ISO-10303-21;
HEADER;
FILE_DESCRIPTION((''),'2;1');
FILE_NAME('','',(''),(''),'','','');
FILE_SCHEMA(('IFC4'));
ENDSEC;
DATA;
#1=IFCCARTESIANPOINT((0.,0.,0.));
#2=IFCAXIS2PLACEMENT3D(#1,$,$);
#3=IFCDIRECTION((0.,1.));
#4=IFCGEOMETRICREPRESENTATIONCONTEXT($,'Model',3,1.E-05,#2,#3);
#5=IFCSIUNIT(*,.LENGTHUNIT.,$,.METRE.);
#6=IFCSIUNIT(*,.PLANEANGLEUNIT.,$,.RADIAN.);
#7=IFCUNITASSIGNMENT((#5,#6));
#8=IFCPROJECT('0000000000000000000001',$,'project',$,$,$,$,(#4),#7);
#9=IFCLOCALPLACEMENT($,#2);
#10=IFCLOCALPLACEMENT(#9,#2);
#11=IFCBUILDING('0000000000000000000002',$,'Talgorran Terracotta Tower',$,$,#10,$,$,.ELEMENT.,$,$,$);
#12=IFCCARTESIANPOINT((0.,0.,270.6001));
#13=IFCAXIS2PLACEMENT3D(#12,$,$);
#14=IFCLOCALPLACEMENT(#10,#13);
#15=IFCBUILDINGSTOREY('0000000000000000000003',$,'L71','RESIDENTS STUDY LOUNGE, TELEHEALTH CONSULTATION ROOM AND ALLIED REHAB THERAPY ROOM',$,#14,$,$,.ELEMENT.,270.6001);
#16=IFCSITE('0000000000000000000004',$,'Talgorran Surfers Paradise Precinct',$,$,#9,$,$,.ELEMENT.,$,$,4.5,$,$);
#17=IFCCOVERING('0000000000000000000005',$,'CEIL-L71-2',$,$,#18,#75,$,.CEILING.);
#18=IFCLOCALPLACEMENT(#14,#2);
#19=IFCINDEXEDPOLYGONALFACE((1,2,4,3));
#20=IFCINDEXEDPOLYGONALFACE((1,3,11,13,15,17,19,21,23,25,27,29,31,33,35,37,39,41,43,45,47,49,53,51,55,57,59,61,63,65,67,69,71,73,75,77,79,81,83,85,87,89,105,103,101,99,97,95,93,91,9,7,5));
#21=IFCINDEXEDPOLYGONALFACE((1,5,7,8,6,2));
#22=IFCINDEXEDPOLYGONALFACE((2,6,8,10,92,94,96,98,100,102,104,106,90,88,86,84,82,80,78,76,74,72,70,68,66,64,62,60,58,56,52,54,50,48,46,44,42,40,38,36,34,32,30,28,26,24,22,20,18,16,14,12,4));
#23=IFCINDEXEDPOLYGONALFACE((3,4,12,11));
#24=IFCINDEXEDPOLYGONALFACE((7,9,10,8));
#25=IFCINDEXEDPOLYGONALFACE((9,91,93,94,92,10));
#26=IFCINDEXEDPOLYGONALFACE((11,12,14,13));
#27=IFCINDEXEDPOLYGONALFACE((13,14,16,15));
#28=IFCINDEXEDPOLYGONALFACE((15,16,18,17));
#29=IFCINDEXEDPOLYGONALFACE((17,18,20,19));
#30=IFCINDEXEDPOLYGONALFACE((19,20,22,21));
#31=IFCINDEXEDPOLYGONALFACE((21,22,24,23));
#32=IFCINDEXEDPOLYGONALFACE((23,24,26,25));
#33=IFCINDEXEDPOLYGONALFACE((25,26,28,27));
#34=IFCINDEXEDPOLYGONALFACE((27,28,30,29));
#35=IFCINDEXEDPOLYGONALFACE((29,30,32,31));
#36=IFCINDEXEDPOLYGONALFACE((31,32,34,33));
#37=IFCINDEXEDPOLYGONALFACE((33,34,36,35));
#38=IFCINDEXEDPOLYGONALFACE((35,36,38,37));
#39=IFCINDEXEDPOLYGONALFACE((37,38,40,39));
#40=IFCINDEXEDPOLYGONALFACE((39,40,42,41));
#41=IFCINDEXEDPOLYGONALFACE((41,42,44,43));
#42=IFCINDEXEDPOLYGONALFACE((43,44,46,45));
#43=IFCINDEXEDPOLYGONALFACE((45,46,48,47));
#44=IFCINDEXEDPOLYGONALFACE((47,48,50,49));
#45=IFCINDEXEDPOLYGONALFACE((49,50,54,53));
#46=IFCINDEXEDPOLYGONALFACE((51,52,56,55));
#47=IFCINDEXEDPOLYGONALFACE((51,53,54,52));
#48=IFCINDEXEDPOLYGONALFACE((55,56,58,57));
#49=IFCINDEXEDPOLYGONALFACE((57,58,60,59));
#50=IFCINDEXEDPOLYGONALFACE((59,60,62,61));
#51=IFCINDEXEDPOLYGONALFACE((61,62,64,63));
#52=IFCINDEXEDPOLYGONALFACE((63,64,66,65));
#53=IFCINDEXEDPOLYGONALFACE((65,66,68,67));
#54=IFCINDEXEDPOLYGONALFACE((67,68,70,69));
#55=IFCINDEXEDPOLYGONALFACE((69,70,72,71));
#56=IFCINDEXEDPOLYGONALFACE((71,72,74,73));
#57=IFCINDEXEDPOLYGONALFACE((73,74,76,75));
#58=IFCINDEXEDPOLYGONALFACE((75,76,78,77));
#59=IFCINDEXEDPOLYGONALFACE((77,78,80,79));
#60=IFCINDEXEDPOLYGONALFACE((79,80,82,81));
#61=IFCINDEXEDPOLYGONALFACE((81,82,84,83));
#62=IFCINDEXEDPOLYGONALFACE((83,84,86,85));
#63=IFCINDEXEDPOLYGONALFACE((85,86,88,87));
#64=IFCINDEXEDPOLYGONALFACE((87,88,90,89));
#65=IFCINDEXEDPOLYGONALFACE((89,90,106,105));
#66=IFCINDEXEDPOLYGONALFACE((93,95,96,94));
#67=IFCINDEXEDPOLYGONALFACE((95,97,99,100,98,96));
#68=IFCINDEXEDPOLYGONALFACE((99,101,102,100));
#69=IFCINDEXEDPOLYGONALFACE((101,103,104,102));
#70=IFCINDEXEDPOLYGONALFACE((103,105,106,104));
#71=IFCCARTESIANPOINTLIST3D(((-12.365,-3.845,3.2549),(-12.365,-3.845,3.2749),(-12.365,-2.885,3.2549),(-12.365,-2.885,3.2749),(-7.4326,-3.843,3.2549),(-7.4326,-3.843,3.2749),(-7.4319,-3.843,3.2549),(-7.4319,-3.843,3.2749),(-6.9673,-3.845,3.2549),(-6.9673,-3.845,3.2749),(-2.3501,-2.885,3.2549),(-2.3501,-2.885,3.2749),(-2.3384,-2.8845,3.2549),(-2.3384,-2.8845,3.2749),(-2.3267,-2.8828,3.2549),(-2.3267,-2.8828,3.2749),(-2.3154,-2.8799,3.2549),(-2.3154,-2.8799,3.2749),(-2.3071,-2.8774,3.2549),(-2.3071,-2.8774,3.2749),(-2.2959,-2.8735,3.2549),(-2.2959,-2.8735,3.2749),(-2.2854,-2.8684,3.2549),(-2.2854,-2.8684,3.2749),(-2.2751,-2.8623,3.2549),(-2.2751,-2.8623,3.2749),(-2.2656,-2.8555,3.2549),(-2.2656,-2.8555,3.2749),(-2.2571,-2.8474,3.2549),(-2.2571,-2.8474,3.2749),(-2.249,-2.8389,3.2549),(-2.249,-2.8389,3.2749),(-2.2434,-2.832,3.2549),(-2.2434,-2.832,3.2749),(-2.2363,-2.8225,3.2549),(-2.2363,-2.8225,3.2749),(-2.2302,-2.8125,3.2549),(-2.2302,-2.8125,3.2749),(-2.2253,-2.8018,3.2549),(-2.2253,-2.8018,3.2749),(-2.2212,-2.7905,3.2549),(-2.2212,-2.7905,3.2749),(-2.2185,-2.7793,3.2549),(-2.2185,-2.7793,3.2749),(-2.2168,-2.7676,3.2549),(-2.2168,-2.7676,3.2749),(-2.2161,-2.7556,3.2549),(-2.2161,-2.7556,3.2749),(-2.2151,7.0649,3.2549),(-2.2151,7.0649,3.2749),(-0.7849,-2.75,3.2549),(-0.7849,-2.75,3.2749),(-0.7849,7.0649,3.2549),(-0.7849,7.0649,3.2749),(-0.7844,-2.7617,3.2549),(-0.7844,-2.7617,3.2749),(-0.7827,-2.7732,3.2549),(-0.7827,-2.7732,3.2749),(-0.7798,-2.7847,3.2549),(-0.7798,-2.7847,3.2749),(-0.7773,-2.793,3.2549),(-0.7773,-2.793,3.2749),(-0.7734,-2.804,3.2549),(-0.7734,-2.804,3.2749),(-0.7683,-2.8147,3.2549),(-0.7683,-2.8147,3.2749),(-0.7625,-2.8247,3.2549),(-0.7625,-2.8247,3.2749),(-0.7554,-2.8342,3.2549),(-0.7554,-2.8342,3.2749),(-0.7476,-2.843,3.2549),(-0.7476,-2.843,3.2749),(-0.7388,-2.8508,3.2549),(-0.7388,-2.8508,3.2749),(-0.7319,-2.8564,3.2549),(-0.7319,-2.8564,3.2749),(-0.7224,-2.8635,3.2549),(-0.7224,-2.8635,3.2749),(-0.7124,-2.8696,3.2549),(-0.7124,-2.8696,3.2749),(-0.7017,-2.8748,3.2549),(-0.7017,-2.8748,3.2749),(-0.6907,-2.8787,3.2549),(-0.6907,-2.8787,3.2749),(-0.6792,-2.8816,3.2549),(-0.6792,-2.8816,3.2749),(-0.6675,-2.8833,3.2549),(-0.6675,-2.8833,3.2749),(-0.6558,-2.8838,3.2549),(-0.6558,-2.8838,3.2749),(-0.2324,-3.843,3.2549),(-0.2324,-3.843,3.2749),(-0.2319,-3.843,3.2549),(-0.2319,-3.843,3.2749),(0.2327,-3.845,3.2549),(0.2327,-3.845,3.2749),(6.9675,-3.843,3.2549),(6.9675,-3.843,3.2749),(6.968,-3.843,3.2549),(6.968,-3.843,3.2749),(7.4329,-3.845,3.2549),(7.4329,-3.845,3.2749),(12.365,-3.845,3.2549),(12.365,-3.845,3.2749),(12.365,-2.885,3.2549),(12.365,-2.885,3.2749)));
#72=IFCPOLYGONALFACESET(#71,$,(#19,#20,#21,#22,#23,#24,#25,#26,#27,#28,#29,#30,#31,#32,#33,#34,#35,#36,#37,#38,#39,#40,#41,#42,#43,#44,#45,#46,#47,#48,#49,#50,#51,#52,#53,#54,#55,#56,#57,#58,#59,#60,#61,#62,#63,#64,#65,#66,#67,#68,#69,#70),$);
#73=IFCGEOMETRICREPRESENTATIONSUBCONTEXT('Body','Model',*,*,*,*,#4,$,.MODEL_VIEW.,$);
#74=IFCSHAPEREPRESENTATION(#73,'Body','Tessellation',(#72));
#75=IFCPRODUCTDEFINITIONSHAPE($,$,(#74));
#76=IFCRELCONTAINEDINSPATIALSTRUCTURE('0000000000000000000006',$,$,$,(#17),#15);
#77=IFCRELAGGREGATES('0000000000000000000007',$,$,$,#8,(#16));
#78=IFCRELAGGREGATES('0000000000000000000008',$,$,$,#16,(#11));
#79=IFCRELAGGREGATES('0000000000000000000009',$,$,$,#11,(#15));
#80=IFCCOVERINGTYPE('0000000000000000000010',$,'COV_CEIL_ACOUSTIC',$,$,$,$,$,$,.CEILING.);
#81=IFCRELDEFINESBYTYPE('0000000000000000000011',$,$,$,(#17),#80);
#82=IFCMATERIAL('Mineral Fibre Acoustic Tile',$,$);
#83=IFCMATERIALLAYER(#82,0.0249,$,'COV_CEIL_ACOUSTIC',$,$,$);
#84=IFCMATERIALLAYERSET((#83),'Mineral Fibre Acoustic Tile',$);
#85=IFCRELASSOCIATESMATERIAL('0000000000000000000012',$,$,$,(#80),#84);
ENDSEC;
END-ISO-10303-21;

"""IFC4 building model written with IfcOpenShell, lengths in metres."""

from ifc_helpers import new_model, si_unit, direction, frame, origin, place, context, subcontext, project, spatial, polyline, outline, extrude, material, layer, layer_set, type_object, element, save


model = new_model("IFC4")

# Units and contexts
model_context = context("Model", 3, precision=1e-05, world=origin(), true_north=direction((0.0, 1.0)))
body_context = subcontext(model_context, "Body", "Model", "MODEL_VIEW")
ifc_project = project(units=[si_unit("LENGTHUNIT", "METRE"), si_unit("PLANEANGLEUNIT", "RADIAN")], contexts=[model_context])

# Site, building, storey
site_placement = place(None, origin())
site = spatial("IfcSite", under=ifc_project, at=site_placement, Name="Talgorran Surfers Paradise Precinct", CompositionType="ELEMENT", RefElevation=4.5)
building_placement = place(site_placement, origin())
building = spatial("IfcBuilding", under=site, at=building_placement, Name="Talgorran Terracotta Tower", CompositionType="ELEMENT")
storey_placement = place(building_placement, frame((0.0, 0.0, 270.6001)))
storey = spatial("IfcBuildingStorey", under=building, at=storey_placement, Name="L71", Description="RESIDENTS STUDY LOUNGE, TELEHEALTH CONSULTATION ROOM AND ALLIED REHAB THERAPY ROOM", CompositionType="ELEMENT", Elevation=270.6001)

# Covering
ifc_material_1 = material(Name="Mineral Fibre Acoustic Tile")
ifc_layer_1 = layer(ifc_material_1, 0.0249, Name="COV_CEIL_ACOUSTIC")
ifc_layer_set_1 = layer_set([ifc_layer_1], Name="Mineral Fibre Acoustic Tile")
covering_type_1 = type_object("IfcCoveringType", Name="COV_CEIL_ACOUSTIC", PredefinedType="CEILING", material=ifc_layer_set_1)
covering_1_placement = place(storey_placement, frame((0.0, 0.0, 3.2549)))
element("IfcCovering", 1, at=covering_1_placement, inside=storey, type_object=covering_type_1, Name="CEIL-L71-2", PredefinedType="CEILING", context=body_context, shape_type="SweptSolid", body=[
    extrude(outline(polyline([(-12.365, -2.885), (-2.3501, -2.885), (-2.3384, -2.8845), (-2.3267, -2.8828), (-2.3154, -2.8799), (-2.3071, -2.8774), (-2.2959, -2.8735), (-2.2854, -2.8684), (-2.2751, -2.8623), (-2.2656, -2.8555), (-2.2571, -2.8474), (-2.249, -2.8389), (-2.2434, -2.832), (-2.2363, -2.8225), (-2.2302, -2.8125), (-2.2253, -2.8018), (-2.2212, -2.7905), (-2.2185, -2.7793), (-2.2168, -2.7676), (-2.2161, -2.7556), (-2.2151, 7.0649), (-0.7849, 7.0649), (-0.7849, -2.75), (-0.7844, -2.7617), (-0.7827, -2.7732), (-0.7798, -2.7847), (-0.7773, -2.793), (-0.7734, -2.804), (-0.7683, -2.8147), (-0.7625, -2.8247), (-0.7554, -2.8342), (-0.7476, -2.843), (-0.7388, -2.8508), (-0.7319, -2.8564), (-0.7224, -2.8635), (-0.7124, -2.8696), (-0.7017, -2.8748), (-0.6907, -2.8787), (-0.6792, -2.8816), (-0.6675, -2.8833), (-0.6558, -2.8838), (12.365, -2.885), (12.365, -3.845), (7.4329, -3.845), (6.968, -3.843), (6.9675, -3.843), (0.2327, -3.845), (-0.2319, -3.843), (-0.2324, -3.843), (-6.9673, -3.845), (-7.4319, -3.843), (-7.4326, -3.843), (-12.365, -3.845), (-12.365, -2.885)])), origin(), (0.0, 0.0, 1.0), 0.02),
])

save(model, "model.ifc")
